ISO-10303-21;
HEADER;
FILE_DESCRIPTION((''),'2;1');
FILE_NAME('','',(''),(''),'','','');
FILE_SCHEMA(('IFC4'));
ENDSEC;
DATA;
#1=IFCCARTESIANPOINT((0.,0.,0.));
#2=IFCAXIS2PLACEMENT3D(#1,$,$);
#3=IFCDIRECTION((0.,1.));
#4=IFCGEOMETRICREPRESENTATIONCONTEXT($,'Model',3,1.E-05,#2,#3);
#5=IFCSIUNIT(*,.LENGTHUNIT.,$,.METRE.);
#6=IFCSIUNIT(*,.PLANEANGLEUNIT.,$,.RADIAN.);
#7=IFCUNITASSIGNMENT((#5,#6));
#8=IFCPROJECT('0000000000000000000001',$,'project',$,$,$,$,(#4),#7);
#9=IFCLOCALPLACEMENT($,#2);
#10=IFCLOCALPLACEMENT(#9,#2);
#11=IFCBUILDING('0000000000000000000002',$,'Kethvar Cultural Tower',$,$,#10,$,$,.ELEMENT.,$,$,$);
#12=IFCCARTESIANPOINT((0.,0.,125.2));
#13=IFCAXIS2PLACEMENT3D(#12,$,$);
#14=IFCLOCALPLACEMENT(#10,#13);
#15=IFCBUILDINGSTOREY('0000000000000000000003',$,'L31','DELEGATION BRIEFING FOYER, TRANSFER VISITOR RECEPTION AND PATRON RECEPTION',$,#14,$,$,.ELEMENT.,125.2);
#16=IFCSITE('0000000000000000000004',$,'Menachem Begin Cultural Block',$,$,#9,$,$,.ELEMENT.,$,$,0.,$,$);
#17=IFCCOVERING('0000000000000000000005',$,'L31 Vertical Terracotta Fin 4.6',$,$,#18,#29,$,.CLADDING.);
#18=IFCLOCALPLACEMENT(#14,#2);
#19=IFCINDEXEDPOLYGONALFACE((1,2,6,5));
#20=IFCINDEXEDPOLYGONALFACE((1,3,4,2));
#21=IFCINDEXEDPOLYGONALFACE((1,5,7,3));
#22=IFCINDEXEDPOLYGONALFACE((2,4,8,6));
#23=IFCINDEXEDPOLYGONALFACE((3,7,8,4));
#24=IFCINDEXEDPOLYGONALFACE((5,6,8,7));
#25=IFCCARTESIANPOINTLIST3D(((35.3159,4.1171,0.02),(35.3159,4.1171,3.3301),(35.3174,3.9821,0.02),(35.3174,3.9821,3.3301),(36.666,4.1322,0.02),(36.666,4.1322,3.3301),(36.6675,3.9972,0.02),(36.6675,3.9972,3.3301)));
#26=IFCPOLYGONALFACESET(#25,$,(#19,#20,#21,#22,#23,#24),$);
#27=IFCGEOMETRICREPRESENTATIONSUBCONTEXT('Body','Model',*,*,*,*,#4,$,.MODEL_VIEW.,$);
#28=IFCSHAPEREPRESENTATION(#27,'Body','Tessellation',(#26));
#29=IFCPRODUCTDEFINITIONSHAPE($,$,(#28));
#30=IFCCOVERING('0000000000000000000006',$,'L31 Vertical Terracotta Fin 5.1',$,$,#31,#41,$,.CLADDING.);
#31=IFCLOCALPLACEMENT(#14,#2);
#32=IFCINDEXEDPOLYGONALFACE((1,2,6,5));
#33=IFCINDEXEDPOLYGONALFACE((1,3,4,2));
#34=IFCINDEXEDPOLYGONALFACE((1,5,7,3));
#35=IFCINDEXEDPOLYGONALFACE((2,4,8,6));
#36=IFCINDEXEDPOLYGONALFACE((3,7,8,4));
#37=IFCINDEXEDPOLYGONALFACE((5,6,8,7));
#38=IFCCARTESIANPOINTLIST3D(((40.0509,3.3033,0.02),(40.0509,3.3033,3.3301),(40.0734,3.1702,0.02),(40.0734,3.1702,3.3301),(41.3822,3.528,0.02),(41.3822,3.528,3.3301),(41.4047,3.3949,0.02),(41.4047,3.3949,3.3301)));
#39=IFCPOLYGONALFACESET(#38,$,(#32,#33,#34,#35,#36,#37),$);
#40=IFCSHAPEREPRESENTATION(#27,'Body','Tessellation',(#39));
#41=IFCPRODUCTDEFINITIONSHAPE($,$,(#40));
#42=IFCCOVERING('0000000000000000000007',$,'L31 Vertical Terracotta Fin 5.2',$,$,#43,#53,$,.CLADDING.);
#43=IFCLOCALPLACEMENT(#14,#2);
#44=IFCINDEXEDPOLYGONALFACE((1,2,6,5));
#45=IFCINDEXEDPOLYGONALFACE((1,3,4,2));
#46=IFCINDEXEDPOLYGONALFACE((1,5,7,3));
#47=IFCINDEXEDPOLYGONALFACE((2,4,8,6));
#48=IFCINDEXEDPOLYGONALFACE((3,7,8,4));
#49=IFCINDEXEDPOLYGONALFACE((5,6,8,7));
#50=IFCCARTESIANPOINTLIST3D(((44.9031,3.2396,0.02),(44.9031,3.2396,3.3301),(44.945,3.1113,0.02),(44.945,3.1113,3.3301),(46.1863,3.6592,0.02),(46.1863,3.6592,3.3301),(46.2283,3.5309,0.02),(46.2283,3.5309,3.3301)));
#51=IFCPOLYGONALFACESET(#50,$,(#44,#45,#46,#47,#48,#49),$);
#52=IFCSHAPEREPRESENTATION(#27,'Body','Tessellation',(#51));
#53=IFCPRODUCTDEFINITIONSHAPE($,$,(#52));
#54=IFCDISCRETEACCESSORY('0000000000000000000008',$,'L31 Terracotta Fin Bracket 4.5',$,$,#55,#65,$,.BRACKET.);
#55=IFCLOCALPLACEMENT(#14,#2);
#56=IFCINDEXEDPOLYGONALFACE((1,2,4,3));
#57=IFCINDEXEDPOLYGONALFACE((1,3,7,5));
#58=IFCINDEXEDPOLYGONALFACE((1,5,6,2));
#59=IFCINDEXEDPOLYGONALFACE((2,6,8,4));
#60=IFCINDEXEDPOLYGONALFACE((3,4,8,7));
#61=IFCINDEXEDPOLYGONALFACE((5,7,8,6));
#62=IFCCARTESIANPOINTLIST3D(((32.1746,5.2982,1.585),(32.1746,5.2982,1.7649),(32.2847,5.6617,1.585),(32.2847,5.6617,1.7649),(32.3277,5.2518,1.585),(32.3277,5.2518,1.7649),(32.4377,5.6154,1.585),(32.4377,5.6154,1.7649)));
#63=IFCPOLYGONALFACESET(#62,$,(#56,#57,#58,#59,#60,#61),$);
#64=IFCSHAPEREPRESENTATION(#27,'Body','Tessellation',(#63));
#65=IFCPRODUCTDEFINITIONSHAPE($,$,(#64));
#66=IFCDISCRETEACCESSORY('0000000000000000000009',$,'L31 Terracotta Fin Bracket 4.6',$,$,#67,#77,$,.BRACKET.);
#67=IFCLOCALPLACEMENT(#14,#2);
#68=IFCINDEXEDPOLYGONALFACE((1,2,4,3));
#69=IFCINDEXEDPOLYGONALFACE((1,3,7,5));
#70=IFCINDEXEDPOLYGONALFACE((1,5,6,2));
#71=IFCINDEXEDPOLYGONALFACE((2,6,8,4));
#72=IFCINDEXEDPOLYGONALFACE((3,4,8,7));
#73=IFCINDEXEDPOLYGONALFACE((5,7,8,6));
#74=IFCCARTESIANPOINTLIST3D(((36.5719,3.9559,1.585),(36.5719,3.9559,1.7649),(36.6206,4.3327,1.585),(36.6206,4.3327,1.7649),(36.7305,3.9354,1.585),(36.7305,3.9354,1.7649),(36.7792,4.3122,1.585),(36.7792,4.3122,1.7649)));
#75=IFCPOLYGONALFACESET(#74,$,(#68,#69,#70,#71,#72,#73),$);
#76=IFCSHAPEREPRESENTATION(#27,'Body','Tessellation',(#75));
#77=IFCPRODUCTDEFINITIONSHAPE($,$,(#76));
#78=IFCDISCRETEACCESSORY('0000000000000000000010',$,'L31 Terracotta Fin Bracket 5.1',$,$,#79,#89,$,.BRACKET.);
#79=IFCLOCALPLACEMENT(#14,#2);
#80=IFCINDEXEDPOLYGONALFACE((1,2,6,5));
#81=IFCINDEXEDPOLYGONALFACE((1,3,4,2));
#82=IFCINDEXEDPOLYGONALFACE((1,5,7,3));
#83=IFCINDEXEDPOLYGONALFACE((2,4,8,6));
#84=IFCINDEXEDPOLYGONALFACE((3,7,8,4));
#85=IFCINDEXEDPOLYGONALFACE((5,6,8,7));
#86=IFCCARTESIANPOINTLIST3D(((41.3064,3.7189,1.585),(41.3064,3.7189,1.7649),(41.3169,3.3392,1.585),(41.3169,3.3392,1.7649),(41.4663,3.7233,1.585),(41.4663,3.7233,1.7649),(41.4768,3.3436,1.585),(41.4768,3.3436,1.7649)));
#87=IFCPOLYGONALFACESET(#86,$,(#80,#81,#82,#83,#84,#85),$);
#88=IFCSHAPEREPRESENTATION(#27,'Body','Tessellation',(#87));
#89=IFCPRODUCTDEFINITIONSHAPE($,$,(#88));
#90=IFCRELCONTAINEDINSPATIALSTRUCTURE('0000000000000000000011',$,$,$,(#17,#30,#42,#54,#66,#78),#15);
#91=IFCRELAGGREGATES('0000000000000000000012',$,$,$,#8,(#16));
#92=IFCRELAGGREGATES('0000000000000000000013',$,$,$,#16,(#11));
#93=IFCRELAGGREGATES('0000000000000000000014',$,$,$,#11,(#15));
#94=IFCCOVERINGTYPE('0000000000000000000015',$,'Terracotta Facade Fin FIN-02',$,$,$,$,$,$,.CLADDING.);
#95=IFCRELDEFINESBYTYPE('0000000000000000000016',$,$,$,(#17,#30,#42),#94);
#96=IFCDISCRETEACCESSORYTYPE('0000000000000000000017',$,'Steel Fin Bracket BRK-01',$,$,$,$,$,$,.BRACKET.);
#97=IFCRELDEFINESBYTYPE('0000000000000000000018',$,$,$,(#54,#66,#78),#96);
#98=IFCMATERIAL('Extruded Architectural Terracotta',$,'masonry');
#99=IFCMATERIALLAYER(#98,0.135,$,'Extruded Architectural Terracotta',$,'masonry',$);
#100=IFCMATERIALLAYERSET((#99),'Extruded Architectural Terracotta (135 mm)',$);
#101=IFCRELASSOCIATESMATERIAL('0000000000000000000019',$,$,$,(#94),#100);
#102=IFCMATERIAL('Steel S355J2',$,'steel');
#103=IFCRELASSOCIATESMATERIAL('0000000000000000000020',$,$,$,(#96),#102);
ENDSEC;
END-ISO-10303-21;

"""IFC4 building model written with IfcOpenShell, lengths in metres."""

from ifc_helpers import new_model, si_unit, direction, frame, origin, origin_2d, place, context, subcontext, project, spatial, rectangle, extrude, source, transform, mapped, material, layer, layer_set, type_object, element, save


model = new_model("IFC4")

# Units and contexts
model_context = context("Model", 3, precision=1e-05, world=origin(), true_north=direction((0.0, 1.0)))
body_context = subcontext(model_context, "Body", "Model", "MODEL_VIEW")
ifc_project = project(units=[si_unit("LENGTHUNIT", "METRE"), si_unit("PLANEANGLEUNIT", "RADIAN")], contexts=[model_context])

# Site, building, storey
site_placement = place(None, origin())
site = spatial("IfcSite", under=ifc_project, at=site_placement, Name="Menachem Begin Cultural Block", CompositionType="ELEMENT", RefElevation=0.0)
building_placement = place(site_placement, origin())
building = spatial("IfcBuilding", under=site, at=building_placement, Name="Kethvar Cultural Tower", CompositionType="ELEMENT")
storey_placement = place(building_placement, frame((0.0, 0.0, 125.2)))
storey = spatial("IfcBuildingStorey", under=building, at=storey_placement, Name="L31", Description="DELEGATION BRIEFING FOYER, TRANSFER VISITOR RECEPTION AND PATRON RECEPTION", CompositionType="ELEMENT", Elevation=125.2)

# Shared definitions
ifc_material_1 = material(Name="Steel S355J2", Category="steel")

# Coverings
ifc_material_2 = material(Name="Extruded Architectural Terracotta", Category="masonry")
ifc_layer_1 = layer(ifc_material_2, 0.135, Name="Extruded Architectural Terracotta", Category="masonry")
ifc_layer_set_1 = layer_set([ifc_layer_1], Name="Extruded Architectural Terracotta (135 mm)")
covering_type = type_object("IfcCoveringType", Name="Terracotta Facade Fin FIN-02", PredefinedType="CLADDING", material=ifc_layer_set_1)
shared_shape_1 = source(origin(), body_context, "Body", "SweptSolid", [
    extrude(rectangle(XDim=1.3501, YDim=0.135, at=origin_2d()), origin(), (0.0, 0.0, 1.0), 3.3101),
])
for number, where, z_axis, x_axis, name in (
    (1, (35.9917, 4.0571, 0.02), (0.0, 0.0, 1.0), (-0.999938, -0.01117, 0.0), "L31 Vertical Terracotta Fin 4.6"),
    (2, (40.7278, 3.3491, 0.02), (0.0, 0.0, 1.0), (-0.986054, -0.166425, 0.0), "L31 Vertical Terracotta Fin 5.1"),
    (3, (45.5657, 3.3853, 0.02), (0.0, 0.0, 1.0), (-0.950461, -0.310842, 0.0), "L31 Vertical Terracotta Fin 5.2"),
):
    element("IfcCovering", number, at=place(storey_placement, frame(where, z_axis=z_axis, x_axis=x_axis)), inside=storey, type_object=covering_type, Name=name, PredefinedType="CLADDING", context=body_context, shape_type="MappedRepresentation", body=[
        mapped(shared_shape_1, transform((0.0, 0.0, 0.0), scale=1.0)),
    ])

# Discrete accessories
discrete_accessory_type = type_object("IfcDiscreteAccessoryType", Name="Steel Fin Bracket BRK-01", PredefinedType="BRACKET", material=ifc_material_1)
shared_shape_2 = source(origin(), body_context, "Body", "SweptSolid", [
    extrude(rectangle(XDim=0.3799, YDim=0.1599, at=origin_2d()), origin(), (0.0, 0.0, 1.0), 0.1799),
])
for number, where, z_axis, x_axis, name in (
    (4, (32.3062, 5.4568, 1.585), (0.0, 0.0, 1.0), (-0.2897, -0.957117, 0.0), "L31 Terracotta Fin Bracket 4.5"),
    (5, (36.6755, 4.134, 1.585), (0.0, 0.0, 1.0), (-0.128103, -0.991761, 0.0), "L31 Terracotta Fin Bracket 4.6"),
    (6, (41.3916, 3.5312, 1.585), (0.0, 0.0, 1.0), (0.027573, -0.99962, 0.0), "L31 Terracotta Fin Bracket 5.1"),
):
    element("IfcDiscreteAccessory", number, at=place(storey_placement, frame(where, z_axis=z_axis, x_axis=x_axis)), inside=storey, type_object=discrete_accessory_type, Name=name, PredefinedType="BRACKET", context=body_context, shape_type="MappedRepresentation", body=[
        mapped(shared_shape_2, transform((0.0, 0.0, 0.0), scale=1.0)),
    ])

save(model, "model.ifc")
